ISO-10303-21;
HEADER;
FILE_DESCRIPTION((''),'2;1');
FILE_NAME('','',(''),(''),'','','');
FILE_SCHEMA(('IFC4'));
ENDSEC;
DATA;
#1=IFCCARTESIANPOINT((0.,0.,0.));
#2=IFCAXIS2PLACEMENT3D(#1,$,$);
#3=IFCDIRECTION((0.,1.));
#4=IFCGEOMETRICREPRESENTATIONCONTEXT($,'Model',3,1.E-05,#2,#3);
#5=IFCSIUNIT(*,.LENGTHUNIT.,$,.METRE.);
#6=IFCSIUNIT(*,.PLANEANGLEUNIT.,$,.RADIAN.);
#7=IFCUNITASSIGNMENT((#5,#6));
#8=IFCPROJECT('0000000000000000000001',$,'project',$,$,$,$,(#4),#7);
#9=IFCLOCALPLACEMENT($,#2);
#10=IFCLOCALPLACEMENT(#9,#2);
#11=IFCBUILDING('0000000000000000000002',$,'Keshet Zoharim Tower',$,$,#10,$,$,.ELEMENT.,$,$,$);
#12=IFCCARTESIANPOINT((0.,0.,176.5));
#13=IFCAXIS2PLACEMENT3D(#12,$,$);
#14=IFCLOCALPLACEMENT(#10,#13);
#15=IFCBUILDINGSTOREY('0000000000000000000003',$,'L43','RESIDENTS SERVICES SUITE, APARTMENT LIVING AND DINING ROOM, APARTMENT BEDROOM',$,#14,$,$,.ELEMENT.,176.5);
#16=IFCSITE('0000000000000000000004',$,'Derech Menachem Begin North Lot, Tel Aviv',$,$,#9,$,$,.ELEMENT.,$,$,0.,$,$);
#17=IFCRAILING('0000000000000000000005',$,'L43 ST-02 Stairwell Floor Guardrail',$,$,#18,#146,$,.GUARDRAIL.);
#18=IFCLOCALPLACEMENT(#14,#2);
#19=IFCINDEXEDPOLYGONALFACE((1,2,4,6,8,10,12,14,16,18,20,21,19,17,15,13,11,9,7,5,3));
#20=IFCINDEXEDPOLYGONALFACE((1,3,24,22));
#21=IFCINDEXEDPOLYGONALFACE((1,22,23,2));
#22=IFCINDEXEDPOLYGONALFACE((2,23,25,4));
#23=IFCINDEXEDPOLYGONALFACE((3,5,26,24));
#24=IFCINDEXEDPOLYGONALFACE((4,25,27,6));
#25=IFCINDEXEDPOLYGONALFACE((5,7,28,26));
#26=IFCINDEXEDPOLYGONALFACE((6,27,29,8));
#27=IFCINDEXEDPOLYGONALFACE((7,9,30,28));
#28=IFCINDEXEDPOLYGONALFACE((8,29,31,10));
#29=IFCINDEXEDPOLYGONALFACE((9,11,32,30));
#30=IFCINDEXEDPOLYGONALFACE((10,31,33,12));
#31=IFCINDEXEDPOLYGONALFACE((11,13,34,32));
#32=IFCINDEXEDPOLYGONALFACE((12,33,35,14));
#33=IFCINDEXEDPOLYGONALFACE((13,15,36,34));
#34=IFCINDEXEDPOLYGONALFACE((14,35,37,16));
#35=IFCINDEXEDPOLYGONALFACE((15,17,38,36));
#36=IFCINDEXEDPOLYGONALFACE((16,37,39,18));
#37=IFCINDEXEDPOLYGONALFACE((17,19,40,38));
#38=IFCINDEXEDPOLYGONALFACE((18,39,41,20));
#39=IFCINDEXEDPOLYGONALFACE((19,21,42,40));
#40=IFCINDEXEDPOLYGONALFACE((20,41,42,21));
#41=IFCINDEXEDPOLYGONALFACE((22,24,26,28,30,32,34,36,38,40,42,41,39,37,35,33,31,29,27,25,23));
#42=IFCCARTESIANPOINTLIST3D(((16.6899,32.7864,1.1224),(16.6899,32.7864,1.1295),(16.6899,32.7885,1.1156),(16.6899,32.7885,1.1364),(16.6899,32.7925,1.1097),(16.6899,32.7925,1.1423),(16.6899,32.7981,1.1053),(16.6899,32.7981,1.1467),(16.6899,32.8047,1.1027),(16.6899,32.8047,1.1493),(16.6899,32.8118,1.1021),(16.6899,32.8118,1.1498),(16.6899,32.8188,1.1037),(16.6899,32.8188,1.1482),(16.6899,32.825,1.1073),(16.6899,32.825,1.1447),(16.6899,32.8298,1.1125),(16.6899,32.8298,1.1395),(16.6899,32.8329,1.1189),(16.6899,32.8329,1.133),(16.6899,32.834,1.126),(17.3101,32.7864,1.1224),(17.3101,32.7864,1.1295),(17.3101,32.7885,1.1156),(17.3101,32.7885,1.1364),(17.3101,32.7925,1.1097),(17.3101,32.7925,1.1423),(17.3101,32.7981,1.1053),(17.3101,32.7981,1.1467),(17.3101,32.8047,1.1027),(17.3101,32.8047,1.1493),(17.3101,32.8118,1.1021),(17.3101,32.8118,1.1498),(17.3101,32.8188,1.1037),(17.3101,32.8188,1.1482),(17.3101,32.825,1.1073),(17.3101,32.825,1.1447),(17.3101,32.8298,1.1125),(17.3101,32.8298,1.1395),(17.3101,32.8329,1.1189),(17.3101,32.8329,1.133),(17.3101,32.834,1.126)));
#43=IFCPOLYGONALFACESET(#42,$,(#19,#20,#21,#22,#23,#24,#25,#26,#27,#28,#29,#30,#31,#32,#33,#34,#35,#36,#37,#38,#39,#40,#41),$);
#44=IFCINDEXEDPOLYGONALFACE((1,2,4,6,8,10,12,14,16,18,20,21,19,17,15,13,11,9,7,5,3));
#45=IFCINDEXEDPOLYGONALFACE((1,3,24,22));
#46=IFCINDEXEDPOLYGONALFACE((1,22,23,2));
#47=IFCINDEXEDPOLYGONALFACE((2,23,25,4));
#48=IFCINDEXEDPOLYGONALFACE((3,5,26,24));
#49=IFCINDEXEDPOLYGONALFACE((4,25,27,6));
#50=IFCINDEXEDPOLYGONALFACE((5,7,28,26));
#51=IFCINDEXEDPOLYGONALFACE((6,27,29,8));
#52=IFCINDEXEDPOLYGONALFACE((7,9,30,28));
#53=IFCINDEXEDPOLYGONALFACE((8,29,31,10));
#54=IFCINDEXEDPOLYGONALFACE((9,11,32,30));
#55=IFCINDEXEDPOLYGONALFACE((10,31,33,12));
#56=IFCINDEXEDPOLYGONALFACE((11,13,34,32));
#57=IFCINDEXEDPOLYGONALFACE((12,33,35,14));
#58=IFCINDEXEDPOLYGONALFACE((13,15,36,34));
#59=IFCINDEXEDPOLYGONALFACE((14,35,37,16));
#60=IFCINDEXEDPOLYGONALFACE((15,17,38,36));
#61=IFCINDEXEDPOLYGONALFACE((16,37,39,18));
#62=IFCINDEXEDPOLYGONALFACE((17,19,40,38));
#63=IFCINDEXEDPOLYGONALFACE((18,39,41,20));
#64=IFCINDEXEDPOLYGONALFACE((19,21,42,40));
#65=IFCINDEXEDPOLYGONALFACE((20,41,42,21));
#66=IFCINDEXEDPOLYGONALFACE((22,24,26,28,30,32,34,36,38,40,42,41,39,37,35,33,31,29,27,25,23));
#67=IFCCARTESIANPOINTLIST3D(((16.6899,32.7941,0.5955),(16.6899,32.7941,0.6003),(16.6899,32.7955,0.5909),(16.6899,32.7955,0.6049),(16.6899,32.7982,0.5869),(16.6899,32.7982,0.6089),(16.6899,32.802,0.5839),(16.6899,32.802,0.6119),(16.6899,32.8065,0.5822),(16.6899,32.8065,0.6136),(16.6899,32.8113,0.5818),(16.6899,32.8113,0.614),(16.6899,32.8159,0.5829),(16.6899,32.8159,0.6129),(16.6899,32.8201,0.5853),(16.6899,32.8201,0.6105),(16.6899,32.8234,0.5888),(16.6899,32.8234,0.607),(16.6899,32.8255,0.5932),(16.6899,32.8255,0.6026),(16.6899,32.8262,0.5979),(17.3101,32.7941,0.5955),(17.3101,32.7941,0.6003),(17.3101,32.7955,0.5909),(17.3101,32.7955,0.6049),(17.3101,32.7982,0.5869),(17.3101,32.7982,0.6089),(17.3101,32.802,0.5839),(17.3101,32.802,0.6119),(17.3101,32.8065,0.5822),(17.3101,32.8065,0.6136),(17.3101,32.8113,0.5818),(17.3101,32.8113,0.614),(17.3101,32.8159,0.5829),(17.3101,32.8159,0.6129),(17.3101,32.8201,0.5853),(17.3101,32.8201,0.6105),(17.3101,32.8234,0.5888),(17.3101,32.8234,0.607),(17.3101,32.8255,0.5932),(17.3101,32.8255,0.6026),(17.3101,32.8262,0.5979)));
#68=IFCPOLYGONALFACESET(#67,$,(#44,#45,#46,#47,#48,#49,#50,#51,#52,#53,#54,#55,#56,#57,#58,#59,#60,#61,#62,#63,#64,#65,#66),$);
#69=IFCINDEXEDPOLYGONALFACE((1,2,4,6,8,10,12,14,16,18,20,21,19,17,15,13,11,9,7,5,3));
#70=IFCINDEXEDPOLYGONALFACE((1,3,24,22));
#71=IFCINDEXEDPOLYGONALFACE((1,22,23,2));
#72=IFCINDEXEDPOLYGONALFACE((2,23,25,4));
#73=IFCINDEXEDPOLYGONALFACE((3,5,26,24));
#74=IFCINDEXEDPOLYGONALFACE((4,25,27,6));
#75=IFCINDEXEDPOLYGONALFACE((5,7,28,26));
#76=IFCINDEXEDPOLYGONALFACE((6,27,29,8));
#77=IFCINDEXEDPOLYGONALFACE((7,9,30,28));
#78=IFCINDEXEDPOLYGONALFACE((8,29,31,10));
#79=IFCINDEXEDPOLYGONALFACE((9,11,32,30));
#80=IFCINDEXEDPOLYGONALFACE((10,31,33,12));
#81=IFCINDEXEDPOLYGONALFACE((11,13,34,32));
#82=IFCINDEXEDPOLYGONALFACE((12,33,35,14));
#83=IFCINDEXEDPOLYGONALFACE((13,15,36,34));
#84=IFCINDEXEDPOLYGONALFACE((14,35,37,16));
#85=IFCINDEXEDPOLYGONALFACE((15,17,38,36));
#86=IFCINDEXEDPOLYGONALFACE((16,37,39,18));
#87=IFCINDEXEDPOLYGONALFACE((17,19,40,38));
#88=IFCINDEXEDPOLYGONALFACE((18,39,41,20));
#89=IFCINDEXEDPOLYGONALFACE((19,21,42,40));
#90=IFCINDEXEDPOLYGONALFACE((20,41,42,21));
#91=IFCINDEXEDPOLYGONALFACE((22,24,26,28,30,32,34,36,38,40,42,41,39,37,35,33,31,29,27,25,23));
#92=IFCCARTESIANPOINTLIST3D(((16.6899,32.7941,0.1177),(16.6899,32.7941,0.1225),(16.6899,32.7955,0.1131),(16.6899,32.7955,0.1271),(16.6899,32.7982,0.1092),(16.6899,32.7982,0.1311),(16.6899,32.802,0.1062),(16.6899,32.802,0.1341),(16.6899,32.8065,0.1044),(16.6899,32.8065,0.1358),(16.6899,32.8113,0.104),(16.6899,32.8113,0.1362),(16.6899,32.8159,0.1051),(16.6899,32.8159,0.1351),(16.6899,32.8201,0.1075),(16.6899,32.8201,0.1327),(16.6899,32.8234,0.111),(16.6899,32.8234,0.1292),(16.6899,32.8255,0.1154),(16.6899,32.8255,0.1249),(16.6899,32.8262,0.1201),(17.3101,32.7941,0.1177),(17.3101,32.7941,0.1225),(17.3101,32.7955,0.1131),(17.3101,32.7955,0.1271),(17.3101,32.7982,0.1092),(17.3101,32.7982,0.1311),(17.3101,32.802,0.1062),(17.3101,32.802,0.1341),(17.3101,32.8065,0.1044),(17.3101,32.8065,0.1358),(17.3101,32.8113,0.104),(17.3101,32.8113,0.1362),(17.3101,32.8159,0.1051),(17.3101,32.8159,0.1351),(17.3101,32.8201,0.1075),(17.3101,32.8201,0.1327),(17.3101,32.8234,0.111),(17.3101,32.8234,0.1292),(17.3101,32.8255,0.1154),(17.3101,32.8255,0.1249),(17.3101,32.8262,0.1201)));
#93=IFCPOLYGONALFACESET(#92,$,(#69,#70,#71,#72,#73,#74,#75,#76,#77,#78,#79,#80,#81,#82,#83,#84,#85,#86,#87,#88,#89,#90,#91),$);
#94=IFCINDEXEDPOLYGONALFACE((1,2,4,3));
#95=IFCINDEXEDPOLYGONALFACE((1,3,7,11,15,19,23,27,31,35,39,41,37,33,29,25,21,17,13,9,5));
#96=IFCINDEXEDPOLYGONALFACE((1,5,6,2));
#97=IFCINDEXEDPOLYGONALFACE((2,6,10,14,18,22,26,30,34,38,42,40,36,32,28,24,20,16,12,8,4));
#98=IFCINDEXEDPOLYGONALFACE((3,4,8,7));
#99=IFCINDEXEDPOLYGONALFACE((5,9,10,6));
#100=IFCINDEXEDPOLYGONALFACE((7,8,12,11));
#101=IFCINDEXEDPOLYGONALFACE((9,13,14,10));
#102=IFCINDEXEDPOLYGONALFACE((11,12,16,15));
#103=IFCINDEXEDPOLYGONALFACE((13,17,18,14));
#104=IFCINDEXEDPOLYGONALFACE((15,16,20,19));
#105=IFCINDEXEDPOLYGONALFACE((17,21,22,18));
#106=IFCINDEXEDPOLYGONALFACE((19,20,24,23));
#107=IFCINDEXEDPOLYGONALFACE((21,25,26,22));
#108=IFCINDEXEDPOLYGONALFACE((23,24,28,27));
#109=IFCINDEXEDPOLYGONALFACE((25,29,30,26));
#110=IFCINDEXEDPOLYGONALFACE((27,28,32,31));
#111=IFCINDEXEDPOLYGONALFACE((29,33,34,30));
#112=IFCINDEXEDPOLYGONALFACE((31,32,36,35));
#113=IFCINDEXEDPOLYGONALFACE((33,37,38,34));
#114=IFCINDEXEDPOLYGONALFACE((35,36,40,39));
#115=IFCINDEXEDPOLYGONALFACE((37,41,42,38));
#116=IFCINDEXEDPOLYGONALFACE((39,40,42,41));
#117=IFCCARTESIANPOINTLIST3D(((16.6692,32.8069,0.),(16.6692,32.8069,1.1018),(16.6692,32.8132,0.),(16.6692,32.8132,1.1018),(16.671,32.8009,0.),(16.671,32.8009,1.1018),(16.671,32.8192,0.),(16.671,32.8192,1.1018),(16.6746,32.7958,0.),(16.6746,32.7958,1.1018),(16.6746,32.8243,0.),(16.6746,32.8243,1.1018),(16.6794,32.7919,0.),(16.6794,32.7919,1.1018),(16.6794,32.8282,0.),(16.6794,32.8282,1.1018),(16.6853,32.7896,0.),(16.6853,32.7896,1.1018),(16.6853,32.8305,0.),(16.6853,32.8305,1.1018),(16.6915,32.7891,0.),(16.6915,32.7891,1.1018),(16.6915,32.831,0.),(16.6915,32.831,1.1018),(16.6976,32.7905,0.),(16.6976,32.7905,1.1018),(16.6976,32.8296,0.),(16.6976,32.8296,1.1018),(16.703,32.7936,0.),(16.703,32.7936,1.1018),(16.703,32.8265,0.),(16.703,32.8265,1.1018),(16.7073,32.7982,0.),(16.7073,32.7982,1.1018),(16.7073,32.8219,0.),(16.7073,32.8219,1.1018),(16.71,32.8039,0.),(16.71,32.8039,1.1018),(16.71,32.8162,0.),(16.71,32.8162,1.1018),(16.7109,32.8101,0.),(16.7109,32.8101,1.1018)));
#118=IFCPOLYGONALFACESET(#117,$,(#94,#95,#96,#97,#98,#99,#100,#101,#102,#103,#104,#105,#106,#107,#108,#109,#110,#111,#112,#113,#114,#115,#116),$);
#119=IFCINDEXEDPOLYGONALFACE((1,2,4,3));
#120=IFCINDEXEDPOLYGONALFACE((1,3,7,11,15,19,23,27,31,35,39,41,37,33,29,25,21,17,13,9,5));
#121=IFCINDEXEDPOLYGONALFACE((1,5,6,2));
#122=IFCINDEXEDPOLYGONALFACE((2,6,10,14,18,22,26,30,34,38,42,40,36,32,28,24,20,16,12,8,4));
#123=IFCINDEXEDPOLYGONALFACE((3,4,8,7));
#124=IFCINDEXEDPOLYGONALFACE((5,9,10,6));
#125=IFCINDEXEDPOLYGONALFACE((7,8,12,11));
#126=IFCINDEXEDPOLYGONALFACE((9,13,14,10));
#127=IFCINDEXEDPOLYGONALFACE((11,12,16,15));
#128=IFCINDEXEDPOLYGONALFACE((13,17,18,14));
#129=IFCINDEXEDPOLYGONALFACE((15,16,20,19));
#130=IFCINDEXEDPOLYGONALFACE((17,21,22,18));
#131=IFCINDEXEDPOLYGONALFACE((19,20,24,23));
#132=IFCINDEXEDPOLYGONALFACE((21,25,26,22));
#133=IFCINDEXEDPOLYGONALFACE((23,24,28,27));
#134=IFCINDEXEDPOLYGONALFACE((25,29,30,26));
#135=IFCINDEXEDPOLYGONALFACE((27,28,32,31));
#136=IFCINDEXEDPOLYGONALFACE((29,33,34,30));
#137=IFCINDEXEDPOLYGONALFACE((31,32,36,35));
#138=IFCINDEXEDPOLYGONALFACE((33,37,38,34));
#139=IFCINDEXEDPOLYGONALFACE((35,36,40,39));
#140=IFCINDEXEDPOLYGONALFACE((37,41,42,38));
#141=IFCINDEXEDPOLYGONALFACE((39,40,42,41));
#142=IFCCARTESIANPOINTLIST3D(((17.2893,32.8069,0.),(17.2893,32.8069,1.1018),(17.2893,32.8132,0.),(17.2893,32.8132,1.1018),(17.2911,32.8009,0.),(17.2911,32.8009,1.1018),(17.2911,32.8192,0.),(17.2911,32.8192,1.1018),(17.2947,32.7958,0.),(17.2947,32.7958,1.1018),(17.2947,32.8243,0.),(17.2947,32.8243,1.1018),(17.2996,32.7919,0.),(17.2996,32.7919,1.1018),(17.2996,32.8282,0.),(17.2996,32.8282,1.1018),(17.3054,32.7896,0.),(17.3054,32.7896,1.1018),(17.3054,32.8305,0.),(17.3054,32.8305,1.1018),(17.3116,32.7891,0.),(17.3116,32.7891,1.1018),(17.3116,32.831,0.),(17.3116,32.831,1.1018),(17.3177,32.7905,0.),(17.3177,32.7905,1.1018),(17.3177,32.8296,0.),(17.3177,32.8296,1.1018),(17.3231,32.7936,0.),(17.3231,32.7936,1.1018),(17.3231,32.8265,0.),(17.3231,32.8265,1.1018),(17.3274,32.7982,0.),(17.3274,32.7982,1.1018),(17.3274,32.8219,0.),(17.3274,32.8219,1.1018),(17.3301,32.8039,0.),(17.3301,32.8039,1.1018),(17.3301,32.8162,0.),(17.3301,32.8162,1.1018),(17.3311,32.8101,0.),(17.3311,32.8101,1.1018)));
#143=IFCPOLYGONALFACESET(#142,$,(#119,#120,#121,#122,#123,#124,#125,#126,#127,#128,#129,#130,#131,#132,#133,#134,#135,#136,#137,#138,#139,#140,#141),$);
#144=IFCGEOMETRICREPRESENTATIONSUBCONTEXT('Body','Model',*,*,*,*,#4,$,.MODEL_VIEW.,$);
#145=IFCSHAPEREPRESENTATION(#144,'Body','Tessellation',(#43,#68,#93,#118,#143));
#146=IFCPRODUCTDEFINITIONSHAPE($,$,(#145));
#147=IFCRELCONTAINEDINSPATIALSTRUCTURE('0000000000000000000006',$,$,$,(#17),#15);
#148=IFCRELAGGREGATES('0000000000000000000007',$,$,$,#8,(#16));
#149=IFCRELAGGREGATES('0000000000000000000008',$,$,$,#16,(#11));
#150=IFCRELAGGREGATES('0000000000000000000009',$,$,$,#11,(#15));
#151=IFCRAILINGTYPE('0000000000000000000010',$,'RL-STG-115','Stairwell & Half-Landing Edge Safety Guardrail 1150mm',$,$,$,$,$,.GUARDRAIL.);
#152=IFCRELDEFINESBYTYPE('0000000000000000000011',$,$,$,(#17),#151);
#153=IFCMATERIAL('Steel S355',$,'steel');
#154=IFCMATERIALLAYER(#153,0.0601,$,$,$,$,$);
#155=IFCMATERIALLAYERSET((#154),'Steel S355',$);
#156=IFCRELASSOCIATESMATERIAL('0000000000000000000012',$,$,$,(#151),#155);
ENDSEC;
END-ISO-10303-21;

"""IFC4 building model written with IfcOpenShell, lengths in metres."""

from ifc_helpers import new_model, si_unit, direction, frame, origin, origin_2d, place, context, subcontext, project, spatial, circle, extrude, material, layer, layer_set, type_object, element, save


model = new_model("IFC4")

# Units and contexts
model_context = context("Model", 3, precision=1e-05, world=origin(), true_north=direction((0.0, 1.0)))
body_context = subcontext(model_context, "Body", "Model", "MODEL_VIEW")
ifc_project = project(units=[si_unit("LENGTHUNIT", "METRE"), si_unit("PLANEANGLEUNIT", "RADIAN")], contexts=[model_context])

# Site, building, storey
site_placement = place(None, origin())
site = spatial("IfcSite", under=ifc_project, at=site_placement, Name="Derech Menachem Begin North Lot, Tel Aviv", CompositionType="ELEMENT", RefElevation=0.0)
building_placement = place(site_placement, origin())
building = spatial("IfcBuilding", under=site, at=building_placement, Name="Keshet Zoharim Tower", CompositionType="ELEMENT")
storey_placement = place(building_placement, frame((0.0, 0.0, 176.5)))
storey = spatial("IfcBuildingStorey", under=building, at=storey_placement, Name="L43", Description="RESIDENTS SERVICES SUITE, APARTMENT LIVING AND DINING ROOM, APARTMENT BEDROOM", CompositionType="ELEMENT", Elevation=176.5)

# Shared definitions
ifc_material_1 = material(Name="Steel S355", Category="steel")

# Railing
ifc_layer_1 = layer(ifc_material_1, 0.0601)
ifc_layer_set_1 = layer_set([ifc_layer_1], Name="Steel S355")
railing_type_1 = type_object("IfcRailingType", Name="RL-STG-115", Description="Stairwell & Half-Landing Edge Safety Guardrail 1150mm", PredefinedType="GUARDRAIL", material=ifc_layer_set_1)
railing_1_placement = place(storey_placement, frame((16.6899, 32.8101, 0.0)))
element("IfcRailing", 1, at=railing_1_placement, inside=storey, type_object=railing_type_1, Name="L43 ST-02 Stairwell Floor Guardrail", PredefinedType="GUARDRAIL", context=body_context, shape_type="SweptSolid", body=[
    extrude(circle(Radius=0.0239, at=origin_2d()), frame((0.0, 0.0, 1.126), z_axis=(1.0, 0.0, 0.0), x_axis=(0.0, 1.0, 0.0)), (0.0, 0.0, 1.0), 0.6201),
    extrude(circle(Radius=0.0161, at=origin_2d()), frame((0.0, 0.0, 0.5979), z_axis=(1.0, 0.0, 0.0), x_axis=(0.0, 1.0, 0.0)), (0.0, 0.0, 1.0), 0.6201),
    extrude(circle(Radius=0.0161, at=origin_2d()), frame((0.0, 0.0, 0.1201), z_axis=(1.0, 0.0, 0.0), x_axis=(0.0, 1.0, 0.0)), (0.0, 0.0, 1.0), 0.6201),
    extrude(circle(Radius=0.021, at=origin_2d()), origin(), (0.0, 0.0, 1.0), 1.1018),
    extrude(circle(Radius=0.021, at=origin_2d()), frame((0.6201, 0.0, 0.0)), (0.0, 0.0, 1.0), 1.1018),
])

save(model, "model.ifc")
